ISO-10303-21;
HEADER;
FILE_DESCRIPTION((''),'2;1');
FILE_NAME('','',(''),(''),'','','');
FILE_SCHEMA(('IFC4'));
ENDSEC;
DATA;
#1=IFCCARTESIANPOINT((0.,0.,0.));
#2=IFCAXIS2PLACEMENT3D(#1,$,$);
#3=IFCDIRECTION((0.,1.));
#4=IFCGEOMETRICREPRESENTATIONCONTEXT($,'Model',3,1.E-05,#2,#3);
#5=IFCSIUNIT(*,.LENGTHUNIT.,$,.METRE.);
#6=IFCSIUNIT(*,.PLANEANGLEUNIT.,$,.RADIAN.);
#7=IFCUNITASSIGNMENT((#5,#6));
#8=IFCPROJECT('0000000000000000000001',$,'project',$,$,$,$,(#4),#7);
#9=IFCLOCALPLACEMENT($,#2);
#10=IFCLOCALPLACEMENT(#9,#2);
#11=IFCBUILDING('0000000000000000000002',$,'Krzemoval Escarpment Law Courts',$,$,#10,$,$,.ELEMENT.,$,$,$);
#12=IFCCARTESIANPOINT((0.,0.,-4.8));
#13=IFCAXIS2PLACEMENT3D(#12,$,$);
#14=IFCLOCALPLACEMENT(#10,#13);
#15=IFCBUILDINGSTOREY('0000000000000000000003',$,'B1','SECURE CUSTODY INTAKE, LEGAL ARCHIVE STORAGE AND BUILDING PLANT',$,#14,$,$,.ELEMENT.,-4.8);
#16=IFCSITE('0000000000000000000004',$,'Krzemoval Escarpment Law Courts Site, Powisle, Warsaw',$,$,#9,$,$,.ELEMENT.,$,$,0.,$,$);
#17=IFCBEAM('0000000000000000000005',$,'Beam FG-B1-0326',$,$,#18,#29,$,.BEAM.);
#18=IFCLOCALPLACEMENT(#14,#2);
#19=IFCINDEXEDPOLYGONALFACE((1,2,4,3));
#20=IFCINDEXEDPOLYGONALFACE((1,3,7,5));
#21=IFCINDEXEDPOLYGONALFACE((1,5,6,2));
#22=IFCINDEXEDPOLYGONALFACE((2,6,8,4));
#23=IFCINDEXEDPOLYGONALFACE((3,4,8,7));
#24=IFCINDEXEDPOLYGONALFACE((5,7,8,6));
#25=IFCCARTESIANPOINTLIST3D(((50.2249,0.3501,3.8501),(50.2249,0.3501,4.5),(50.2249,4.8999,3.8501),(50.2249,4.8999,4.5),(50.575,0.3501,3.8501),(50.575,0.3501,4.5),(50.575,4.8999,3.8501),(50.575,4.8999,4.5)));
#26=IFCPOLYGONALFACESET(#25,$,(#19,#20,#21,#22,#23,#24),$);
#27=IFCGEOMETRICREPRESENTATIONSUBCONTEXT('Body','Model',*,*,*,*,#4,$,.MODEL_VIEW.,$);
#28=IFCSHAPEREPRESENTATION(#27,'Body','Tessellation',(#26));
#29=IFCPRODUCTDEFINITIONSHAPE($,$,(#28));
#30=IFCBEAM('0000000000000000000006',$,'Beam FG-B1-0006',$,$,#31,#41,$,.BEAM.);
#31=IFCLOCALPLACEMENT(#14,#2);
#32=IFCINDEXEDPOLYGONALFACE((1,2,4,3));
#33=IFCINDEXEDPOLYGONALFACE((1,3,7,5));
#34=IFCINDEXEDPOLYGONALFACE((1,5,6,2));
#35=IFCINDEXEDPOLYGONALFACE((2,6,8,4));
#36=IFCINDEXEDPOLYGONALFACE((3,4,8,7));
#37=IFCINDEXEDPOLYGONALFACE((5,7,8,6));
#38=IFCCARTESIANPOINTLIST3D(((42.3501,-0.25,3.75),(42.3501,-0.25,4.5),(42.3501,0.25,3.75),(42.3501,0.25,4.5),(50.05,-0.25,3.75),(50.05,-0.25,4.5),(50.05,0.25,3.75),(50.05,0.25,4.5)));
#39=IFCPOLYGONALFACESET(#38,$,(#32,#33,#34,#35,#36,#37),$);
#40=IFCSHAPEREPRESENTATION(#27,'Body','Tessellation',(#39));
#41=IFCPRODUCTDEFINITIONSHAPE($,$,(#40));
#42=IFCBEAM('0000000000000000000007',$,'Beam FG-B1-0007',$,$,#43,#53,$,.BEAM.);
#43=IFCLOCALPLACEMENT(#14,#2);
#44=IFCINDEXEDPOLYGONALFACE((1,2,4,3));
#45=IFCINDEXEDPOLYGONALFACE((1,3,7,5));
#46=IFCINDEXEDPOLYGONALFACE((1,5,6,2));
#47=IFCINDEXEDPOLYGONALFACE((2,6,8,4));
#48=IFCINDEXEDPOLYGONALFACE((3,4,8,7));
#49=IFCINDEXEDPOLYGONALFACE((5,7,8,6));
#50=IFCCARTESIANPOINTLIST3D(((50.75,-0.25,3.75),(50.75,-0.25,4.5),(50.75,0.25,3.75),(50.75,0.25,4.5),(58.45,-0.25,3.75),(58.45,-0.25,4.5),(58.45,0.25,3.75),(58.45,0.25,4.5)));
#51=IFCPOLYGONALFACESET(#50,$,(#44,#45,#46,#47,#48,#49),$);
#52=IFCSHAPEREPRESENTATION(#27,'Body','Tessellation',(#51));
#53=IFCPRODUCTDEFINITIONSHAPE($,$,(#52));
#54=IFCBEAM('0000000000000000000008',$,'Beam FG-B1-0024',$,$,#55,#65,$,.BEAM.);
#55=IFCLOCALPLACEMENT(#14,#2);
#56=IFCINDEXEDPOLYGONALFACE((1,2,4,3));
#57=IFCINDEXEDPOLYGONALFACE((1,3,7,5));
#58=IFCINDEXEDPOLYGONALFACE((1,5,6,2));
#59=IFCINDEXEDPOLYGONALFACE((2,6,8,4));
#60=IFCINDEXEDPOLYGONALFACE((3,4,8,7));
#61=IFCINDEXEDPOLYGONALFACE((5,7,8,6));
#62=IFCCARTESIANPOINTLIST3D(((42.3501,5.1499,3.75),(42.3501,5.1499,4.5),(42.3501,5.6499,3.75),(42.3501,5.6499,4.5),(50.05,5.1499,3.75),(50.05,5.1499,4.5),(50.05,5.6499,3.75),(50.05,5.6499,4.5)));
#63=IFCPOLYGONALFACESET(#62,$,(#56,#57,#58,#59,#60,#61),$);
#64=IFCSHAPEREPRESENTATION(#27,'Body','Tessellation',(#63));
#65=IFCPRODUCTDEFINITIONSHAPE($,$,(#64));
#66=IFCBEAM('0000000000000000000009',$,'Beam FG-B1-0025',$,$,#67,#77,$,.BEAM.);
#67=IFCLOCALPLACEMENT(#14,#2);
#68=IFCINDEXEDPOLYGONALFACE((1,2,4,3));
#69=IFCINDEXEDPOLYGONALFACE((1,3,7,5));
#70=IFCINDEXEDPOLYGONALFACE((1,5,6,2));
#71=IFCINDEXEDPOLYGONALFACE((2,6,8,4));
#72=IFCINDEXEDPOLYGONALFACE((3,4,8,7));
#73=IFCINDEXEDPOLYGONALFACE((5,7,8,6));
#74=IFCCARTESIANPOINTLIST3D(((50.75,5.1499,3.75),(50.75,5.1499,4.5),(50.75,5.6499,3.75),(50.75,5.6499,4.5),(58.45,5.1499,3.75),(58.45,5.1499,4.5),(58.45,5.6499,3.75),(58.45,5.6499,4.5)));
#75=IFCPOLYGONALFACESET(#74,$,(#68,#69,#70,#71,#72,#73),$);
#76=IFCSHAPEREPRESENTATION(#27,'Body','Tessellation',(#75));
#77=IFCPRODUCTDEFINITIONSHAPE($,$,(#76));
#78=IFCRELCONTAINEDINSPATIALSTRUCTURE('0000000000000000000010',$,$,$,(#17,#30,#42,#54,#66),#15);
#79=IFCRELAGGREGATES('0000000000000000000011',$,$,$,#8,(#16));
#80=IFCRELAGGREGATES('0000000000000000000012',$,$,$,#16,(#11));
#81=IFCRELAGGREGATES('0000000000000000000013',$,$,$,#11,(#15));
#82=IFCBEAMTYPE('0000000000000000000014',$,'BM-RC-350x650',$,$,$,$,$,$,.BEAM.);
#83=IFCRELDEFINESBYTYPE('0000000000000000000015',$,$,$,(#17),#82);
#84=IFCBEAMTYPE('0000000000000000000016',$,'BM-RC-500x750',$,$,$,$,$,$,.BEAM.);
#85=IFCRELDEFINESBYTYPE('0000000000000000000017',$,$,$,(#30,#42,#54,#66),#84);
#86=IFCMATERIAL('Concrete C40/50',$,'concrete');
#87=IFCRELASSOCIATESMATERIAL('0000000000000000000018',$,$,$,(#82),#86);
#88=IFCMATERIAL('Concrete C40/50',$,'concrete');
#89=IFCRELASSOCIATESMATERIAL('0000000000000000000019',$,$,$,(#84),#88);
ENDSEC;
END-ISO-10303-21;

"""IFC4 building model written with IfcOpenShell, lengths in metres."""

from ifc_helpers import new_model, si_unit, direction, frame, origin, origin_2d, place, context, subcontext, project, spatial, rectangle, extrude, material, material_profile, profile_set, type_object, element, save


model = new_model("IFC4")

# Units and contexts
model_context = context("Model", 3, precision=1e-05, world=origin(), true_north=direction((0.0, 1.0)))
body_context = subcontext(model_context, "Body", "Model", "MODEL_VIEW")
ifc_project = project(units=[si_unit("LENGTHUNIT", "METRE"), si_unit("PLANEANGLEUNIT", "RADIAN")], contexts=[model_context])

# Site, building, storey
site_placement = place(None, origin())
site = spatial("IfcSite", under=ifc_project, at=site_placement, Name="Krzemoval Escarpment Law Courts Site, Powisle, Warsaw", CompositionType="ELEMENT", RefElevation=0.0)
building_placement = place(site_placement, origin())
building = spatial("IfcBuilding", under=site, at=building_placement, Name="Krzemoval Escarpment Law Courts", CompositionType="ELEMENT")
storey_placement = place(building_placement, frame((0.0, 0.0, -4.8)))
storey = spatial("IfcBuildingStorey", under=building, at=storey_placement, Name="B1", Description="SECURE CUSTODY INTAKE, LEGAL ARCHIVE STORAGE AND BUILDING PLANT", CompositionType="ELEMENT", Elevation=-4.8)

# Beams
ifc_material_1 = material(Name="Concrete C40/50", Category="concrete")
ifc_material_profile_1 = material_profile(ifc_material_1, rectangle(XDim=0.3501, YDim=0.6499, at=origin_2d()), Name="RCB 350x650")
ifc_profile_set_1 = profile_set([ifc_material_profile_1], Name="Concrete C40/50")
beam_type_1 = type_object("IfcBeamType", Name="BM-RC-350x650", PredefinedType="BEAM", material=ifc_profile_set_1)
beam_1_placement = place(storey_placement, frame((50.3999, 0.3501, 4.175), z_axis=(0.0, 1.0, 0.0), x_axis=(-1.0, 0.0, 0.0)))
element("IfcBeam", 1, at=beam_1_placement, inside=storey, type_object=beam_type_1, Name="Beam FG-B1-0326", PredefinedType="BEAM", context=body_context, shape_type="SweptSolid", body=[
    extrude(rectangle(XDim=0.3501, YDim=0.6499, at=origin_2d()), origin(), (0.0, 0.0, 1.0), 4.5498),
])
ifc_material_2 = material(Name="Concrete C40/50", Category="concrete")
ifc_material_profile_2 = material_profile(ifc_material_2, rectangle(XDim=0.5, YDim=0.75, at=origin_2d()), Name="RCB 500x750")
ifc_profile_set_2 = profile_set([ifc_material_profile_2], Name="Concrete C40/50")
beam_type_2 = type_object("IfcBeamType", Name="BM-RC-500x750", PredefinedType="BEAM", material=ifc_profile_set_2)
for number, where, z_axis, x_axis, name in (
    (2, (42.3501, 0.0, 4.125), (1.0, 0.0, 0.0), (0.0, 1.0, 0.0), "Beam FG-B1-0006"),
    (3, (50.75, 0.0, 4.125), (1.0, 0.0, 0.0), (0.0, 1.0, 0.0), "Beam FG-B1-0007"),
    (4, (42.3501, 5.3999, 4.125), (1.0, 0.0, 0.0), (0.0, 1.0, 0.0), "Beam FG-B1-0024"),
    (5, (50.75, 5.3999, 4.125), (1.0, 0.0, 0.0), (0.0, 1.0, 0.0), "Beam FG-B1-0025"),
):
    element("IfcBeam", number, at=place(storey_placement, frame(where, z_axis=z_axis, x_axis=x_axis)), inside=storey, type_object=beam_type_2, Name=name, PredefinedType="BEAM", context=body_context, shape_type="SweptSolid", body=[
        extrude(rectangle(XDim=0.5, YDim=0.75, at=origin_2d()), origin(), (0.0, 0.0, 1.0), 7.7),
    ])

save(model, "model.ifc")
